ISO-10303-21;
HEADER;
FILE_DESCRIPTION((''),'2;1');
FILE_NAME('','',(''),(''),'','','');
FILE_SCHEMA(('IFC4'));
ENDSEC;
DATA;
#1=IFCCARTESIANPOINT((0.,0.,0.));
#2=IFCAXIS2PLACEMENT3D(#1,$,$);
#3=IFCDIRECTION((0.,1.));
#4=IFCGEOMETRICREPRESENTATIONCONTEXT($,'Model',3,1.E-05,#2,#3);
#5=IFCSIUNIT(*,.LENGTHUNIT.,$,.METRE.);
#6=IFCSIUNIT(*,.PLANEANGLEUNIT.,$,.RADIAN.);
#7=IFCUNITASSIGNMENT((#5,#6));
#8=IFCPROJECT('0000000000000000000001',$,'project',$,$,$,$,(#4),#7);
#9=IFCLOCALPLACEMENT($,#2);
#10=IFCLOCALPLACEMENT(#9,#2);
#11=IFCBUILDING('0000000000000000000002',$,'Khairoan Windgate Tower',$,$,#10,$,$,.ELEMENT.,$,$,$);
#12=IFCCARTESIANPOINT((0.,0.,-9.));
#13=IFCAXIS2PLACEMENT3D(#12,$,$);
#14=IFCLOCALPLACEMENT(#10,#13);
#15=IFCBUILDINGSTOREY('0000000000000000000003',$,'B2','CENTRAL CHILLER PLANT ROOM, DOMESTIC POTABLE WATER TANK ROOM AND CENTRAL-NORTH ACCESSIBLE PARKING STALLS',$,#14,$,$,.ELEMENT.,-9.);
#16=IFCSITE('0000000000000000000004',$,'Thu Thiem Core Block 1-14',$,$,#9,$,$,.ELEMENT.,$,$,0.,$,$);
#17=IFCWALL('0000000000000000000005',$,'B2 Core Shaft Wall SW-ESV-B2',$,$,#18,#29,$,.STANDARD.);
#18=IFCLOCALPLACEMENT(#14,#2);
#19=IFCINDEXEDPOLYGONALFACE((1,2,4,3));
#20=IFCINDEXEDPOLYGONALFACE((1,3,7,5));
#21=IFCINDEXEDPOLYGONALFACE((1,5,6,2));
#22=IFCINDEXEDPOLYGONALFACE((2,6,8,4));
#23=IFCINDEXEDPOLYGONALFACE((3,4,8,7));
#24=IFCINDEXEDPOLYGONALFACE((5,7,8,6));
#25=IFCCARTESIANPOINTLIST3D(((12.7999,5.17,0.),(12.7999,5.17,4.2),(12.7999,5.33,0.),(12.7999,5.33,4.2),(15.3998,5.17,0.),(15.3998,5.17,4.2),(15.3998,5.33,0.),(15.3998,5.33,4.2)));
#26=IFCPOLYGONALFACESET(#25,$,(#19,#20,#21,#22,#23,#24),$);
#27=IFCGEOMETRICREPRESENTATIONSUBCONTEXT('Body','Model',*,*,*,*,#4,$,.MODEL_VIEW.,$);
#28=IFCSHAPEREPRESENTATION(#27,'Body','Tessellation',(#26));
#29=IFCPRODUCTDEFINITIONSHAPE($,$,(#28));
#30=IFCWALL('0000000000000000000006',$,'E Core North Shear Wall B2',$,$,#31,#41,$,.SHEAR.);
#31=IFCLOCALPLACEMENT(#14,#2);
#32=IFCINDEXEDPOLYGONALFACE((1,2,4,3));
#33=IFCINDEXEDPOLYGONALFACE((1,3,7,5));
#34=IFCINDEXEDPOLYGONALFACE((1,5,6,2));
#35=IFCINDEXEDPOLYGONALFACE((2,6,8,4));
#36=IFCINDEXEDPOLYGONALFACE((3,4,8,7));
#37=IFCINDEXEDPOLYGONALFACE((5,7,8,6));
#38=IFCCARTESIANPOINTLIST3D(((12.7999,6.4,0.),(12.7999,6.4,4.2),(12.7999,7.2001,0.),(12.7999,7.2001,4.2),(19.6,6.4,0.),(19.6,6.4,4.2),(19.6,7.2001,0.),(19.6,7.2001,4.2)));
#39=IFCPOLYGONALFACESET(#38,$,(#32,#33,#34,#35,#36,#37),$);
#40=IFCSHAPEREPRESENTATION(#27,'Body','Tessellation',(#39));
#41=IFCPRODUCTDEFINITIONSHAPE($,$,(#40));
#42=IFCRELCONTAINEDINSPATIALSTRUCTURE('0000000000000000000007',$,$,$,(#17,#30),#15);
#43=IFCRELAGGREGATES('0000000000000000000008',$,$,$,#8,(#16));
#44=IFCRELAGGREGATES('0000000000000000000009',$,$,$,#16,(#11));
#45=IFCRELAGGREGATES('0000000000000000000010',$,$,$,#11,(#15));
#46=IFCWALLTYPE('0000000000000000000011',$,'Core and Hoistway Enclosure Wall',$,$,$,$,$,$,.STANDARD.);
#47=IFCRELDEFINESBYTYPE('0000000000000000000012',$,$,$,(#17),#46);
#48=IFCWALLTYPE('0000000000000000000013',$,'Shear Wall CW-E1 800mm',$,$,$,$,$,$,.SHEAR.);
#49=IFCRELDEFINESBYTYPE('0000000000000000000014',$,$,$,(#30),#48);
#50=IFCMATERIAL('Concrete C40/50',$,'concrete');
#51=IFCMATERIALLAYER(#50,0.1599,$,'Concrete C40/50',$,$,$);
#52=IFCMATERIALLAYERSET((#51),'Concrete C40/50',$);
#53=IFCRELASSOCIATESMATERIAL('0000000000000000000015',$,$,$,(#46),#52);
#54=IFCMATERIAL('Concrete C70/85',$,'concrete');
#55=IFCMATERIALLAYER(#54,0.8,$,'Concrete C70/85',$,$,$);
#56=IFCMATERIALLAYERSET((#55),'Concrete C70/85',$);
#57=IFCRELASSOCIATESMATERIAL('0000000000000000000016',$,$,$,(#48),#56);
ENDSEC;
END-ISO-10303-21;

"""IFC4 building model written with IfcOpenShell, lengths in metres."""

from ifc_helpers import new_model, si_unit, direction, frame, frame_2d, origin, place, context, subcontext, project, spatial, rectangle, extrude, material, layer, layer_set, type_object, element, save


model = new_model("IFC4")

# Units and contexts
model_context = context("Model", 3, precision=1e-05, world=origin(), true_north=direction((0.0, 1.0)))
body_context = subcontext(model_context, "Body", "Model", "MODEL_VIEW")
ifc_project = project(units=[si_unit("LENGTHUNIT", "METRE"), si_unit("PLANEANGLEUNIT", "RADIAN")], contexts=[model_context])

# Site, building, storey
site_placement = place(None, origin())
site = spatial("IfcSite", under=ifc_project, at=site_placement, Name="Thu Thiem Core Block 1-14", CompositionType="ELEMENT", RefElevation=0.0)
building_placement = place(site_placement, origin())
building = spatial("IfcBuilding", under=site, at=building_placement, Name="Khairoan Windgate Tower", CompositionType="ELEMENT")
storey_placement = place(building_placement, frame((0.0, 0.0, -9.0)))
storey = spatial("IfcBuildingStorey", under=building, at=storey_placement, Name="B2", Description="CENTRAL CHILLER PLANT ROOM, DOMESTIC POTABLE WATER TANK ROOM AND CENTRAL-NORTH ACCESSIBLE PARKING STALLS", CompositionType="ELEMENT", Elevation=-9.0)

# Walls
ifc_material_1 = material(Name="Concrete C40/50", Category="concrete")
ifc_layer_1 = layer(ifc_material_1, 0.1599, Name="Concrete C40/50")
ifc_layer_set_1 = layer_set([ifc_layer_1], Name="Concrete C40/50")
wall_type_1 = type_object("IfcWallType", Name="Core and Hoistway Enclosure Wall", PredefinedType="STANDARD", material=ifc_layer_set_1)
wall_1_placement = place(storey_placement, frame((12.8, 5.25, 0.0), z_axis=(0.0, 0.0, 1.0), x_axis=(1.0, 0.0, 0.0)))
element("IfcWall", 1, at=wall_1_placement, inside=storey, type_object=wall_type_1, Name="B2 Core Shaft Wall SW-ESV-B2", PredefinedType="STANDARD", context=body_context, shape_type="SweptSolid", body=[
    extrude(rectangle(XDim=2.5999, YDim=0.1599, at=frame_2d((1.2998, 0.0))), origin(), (0.0, 0.0, 1.0), 4.2),
])
ifc_material_2 = material(Name="Concrete C70/85", Category="concrete")
ifc_layer_2 = layer(ifc_material_2, 0.8, Name="Concrete C70/85")
ifc_layer_set_2 = layer_set([ifc_layer_2], Name="Concrete C70/85")
wall_type_2 = type_object("IfcWallType", Name="Shear Wall CW-E1 800mm", PredefinedType="SHEAR", material=ifc_layer_set_2)
wall_2_placement = place(storey_placement, frame((12.8, 6.8, 0.0), z_axis=(0.0, 0.0, 1.0), x_axis=(1.0, 0.0, 0.0)))
element("IfcWall", 2, at=wall_2_placement, inside=storey, type_object=wall_type_2, Name="E Core North Shear Wall B2", PredefinedType="SHEAR", context=body_context, shape_type="SweptSolid", body=[
    extrude(rectangle(XDim=6.8, YDim=0.8, at=frame_2d((3.3999, 0.0))), origin(), (0.0, 0.0, 1.0), 4.2),
])

save(model, "model.ifc")
